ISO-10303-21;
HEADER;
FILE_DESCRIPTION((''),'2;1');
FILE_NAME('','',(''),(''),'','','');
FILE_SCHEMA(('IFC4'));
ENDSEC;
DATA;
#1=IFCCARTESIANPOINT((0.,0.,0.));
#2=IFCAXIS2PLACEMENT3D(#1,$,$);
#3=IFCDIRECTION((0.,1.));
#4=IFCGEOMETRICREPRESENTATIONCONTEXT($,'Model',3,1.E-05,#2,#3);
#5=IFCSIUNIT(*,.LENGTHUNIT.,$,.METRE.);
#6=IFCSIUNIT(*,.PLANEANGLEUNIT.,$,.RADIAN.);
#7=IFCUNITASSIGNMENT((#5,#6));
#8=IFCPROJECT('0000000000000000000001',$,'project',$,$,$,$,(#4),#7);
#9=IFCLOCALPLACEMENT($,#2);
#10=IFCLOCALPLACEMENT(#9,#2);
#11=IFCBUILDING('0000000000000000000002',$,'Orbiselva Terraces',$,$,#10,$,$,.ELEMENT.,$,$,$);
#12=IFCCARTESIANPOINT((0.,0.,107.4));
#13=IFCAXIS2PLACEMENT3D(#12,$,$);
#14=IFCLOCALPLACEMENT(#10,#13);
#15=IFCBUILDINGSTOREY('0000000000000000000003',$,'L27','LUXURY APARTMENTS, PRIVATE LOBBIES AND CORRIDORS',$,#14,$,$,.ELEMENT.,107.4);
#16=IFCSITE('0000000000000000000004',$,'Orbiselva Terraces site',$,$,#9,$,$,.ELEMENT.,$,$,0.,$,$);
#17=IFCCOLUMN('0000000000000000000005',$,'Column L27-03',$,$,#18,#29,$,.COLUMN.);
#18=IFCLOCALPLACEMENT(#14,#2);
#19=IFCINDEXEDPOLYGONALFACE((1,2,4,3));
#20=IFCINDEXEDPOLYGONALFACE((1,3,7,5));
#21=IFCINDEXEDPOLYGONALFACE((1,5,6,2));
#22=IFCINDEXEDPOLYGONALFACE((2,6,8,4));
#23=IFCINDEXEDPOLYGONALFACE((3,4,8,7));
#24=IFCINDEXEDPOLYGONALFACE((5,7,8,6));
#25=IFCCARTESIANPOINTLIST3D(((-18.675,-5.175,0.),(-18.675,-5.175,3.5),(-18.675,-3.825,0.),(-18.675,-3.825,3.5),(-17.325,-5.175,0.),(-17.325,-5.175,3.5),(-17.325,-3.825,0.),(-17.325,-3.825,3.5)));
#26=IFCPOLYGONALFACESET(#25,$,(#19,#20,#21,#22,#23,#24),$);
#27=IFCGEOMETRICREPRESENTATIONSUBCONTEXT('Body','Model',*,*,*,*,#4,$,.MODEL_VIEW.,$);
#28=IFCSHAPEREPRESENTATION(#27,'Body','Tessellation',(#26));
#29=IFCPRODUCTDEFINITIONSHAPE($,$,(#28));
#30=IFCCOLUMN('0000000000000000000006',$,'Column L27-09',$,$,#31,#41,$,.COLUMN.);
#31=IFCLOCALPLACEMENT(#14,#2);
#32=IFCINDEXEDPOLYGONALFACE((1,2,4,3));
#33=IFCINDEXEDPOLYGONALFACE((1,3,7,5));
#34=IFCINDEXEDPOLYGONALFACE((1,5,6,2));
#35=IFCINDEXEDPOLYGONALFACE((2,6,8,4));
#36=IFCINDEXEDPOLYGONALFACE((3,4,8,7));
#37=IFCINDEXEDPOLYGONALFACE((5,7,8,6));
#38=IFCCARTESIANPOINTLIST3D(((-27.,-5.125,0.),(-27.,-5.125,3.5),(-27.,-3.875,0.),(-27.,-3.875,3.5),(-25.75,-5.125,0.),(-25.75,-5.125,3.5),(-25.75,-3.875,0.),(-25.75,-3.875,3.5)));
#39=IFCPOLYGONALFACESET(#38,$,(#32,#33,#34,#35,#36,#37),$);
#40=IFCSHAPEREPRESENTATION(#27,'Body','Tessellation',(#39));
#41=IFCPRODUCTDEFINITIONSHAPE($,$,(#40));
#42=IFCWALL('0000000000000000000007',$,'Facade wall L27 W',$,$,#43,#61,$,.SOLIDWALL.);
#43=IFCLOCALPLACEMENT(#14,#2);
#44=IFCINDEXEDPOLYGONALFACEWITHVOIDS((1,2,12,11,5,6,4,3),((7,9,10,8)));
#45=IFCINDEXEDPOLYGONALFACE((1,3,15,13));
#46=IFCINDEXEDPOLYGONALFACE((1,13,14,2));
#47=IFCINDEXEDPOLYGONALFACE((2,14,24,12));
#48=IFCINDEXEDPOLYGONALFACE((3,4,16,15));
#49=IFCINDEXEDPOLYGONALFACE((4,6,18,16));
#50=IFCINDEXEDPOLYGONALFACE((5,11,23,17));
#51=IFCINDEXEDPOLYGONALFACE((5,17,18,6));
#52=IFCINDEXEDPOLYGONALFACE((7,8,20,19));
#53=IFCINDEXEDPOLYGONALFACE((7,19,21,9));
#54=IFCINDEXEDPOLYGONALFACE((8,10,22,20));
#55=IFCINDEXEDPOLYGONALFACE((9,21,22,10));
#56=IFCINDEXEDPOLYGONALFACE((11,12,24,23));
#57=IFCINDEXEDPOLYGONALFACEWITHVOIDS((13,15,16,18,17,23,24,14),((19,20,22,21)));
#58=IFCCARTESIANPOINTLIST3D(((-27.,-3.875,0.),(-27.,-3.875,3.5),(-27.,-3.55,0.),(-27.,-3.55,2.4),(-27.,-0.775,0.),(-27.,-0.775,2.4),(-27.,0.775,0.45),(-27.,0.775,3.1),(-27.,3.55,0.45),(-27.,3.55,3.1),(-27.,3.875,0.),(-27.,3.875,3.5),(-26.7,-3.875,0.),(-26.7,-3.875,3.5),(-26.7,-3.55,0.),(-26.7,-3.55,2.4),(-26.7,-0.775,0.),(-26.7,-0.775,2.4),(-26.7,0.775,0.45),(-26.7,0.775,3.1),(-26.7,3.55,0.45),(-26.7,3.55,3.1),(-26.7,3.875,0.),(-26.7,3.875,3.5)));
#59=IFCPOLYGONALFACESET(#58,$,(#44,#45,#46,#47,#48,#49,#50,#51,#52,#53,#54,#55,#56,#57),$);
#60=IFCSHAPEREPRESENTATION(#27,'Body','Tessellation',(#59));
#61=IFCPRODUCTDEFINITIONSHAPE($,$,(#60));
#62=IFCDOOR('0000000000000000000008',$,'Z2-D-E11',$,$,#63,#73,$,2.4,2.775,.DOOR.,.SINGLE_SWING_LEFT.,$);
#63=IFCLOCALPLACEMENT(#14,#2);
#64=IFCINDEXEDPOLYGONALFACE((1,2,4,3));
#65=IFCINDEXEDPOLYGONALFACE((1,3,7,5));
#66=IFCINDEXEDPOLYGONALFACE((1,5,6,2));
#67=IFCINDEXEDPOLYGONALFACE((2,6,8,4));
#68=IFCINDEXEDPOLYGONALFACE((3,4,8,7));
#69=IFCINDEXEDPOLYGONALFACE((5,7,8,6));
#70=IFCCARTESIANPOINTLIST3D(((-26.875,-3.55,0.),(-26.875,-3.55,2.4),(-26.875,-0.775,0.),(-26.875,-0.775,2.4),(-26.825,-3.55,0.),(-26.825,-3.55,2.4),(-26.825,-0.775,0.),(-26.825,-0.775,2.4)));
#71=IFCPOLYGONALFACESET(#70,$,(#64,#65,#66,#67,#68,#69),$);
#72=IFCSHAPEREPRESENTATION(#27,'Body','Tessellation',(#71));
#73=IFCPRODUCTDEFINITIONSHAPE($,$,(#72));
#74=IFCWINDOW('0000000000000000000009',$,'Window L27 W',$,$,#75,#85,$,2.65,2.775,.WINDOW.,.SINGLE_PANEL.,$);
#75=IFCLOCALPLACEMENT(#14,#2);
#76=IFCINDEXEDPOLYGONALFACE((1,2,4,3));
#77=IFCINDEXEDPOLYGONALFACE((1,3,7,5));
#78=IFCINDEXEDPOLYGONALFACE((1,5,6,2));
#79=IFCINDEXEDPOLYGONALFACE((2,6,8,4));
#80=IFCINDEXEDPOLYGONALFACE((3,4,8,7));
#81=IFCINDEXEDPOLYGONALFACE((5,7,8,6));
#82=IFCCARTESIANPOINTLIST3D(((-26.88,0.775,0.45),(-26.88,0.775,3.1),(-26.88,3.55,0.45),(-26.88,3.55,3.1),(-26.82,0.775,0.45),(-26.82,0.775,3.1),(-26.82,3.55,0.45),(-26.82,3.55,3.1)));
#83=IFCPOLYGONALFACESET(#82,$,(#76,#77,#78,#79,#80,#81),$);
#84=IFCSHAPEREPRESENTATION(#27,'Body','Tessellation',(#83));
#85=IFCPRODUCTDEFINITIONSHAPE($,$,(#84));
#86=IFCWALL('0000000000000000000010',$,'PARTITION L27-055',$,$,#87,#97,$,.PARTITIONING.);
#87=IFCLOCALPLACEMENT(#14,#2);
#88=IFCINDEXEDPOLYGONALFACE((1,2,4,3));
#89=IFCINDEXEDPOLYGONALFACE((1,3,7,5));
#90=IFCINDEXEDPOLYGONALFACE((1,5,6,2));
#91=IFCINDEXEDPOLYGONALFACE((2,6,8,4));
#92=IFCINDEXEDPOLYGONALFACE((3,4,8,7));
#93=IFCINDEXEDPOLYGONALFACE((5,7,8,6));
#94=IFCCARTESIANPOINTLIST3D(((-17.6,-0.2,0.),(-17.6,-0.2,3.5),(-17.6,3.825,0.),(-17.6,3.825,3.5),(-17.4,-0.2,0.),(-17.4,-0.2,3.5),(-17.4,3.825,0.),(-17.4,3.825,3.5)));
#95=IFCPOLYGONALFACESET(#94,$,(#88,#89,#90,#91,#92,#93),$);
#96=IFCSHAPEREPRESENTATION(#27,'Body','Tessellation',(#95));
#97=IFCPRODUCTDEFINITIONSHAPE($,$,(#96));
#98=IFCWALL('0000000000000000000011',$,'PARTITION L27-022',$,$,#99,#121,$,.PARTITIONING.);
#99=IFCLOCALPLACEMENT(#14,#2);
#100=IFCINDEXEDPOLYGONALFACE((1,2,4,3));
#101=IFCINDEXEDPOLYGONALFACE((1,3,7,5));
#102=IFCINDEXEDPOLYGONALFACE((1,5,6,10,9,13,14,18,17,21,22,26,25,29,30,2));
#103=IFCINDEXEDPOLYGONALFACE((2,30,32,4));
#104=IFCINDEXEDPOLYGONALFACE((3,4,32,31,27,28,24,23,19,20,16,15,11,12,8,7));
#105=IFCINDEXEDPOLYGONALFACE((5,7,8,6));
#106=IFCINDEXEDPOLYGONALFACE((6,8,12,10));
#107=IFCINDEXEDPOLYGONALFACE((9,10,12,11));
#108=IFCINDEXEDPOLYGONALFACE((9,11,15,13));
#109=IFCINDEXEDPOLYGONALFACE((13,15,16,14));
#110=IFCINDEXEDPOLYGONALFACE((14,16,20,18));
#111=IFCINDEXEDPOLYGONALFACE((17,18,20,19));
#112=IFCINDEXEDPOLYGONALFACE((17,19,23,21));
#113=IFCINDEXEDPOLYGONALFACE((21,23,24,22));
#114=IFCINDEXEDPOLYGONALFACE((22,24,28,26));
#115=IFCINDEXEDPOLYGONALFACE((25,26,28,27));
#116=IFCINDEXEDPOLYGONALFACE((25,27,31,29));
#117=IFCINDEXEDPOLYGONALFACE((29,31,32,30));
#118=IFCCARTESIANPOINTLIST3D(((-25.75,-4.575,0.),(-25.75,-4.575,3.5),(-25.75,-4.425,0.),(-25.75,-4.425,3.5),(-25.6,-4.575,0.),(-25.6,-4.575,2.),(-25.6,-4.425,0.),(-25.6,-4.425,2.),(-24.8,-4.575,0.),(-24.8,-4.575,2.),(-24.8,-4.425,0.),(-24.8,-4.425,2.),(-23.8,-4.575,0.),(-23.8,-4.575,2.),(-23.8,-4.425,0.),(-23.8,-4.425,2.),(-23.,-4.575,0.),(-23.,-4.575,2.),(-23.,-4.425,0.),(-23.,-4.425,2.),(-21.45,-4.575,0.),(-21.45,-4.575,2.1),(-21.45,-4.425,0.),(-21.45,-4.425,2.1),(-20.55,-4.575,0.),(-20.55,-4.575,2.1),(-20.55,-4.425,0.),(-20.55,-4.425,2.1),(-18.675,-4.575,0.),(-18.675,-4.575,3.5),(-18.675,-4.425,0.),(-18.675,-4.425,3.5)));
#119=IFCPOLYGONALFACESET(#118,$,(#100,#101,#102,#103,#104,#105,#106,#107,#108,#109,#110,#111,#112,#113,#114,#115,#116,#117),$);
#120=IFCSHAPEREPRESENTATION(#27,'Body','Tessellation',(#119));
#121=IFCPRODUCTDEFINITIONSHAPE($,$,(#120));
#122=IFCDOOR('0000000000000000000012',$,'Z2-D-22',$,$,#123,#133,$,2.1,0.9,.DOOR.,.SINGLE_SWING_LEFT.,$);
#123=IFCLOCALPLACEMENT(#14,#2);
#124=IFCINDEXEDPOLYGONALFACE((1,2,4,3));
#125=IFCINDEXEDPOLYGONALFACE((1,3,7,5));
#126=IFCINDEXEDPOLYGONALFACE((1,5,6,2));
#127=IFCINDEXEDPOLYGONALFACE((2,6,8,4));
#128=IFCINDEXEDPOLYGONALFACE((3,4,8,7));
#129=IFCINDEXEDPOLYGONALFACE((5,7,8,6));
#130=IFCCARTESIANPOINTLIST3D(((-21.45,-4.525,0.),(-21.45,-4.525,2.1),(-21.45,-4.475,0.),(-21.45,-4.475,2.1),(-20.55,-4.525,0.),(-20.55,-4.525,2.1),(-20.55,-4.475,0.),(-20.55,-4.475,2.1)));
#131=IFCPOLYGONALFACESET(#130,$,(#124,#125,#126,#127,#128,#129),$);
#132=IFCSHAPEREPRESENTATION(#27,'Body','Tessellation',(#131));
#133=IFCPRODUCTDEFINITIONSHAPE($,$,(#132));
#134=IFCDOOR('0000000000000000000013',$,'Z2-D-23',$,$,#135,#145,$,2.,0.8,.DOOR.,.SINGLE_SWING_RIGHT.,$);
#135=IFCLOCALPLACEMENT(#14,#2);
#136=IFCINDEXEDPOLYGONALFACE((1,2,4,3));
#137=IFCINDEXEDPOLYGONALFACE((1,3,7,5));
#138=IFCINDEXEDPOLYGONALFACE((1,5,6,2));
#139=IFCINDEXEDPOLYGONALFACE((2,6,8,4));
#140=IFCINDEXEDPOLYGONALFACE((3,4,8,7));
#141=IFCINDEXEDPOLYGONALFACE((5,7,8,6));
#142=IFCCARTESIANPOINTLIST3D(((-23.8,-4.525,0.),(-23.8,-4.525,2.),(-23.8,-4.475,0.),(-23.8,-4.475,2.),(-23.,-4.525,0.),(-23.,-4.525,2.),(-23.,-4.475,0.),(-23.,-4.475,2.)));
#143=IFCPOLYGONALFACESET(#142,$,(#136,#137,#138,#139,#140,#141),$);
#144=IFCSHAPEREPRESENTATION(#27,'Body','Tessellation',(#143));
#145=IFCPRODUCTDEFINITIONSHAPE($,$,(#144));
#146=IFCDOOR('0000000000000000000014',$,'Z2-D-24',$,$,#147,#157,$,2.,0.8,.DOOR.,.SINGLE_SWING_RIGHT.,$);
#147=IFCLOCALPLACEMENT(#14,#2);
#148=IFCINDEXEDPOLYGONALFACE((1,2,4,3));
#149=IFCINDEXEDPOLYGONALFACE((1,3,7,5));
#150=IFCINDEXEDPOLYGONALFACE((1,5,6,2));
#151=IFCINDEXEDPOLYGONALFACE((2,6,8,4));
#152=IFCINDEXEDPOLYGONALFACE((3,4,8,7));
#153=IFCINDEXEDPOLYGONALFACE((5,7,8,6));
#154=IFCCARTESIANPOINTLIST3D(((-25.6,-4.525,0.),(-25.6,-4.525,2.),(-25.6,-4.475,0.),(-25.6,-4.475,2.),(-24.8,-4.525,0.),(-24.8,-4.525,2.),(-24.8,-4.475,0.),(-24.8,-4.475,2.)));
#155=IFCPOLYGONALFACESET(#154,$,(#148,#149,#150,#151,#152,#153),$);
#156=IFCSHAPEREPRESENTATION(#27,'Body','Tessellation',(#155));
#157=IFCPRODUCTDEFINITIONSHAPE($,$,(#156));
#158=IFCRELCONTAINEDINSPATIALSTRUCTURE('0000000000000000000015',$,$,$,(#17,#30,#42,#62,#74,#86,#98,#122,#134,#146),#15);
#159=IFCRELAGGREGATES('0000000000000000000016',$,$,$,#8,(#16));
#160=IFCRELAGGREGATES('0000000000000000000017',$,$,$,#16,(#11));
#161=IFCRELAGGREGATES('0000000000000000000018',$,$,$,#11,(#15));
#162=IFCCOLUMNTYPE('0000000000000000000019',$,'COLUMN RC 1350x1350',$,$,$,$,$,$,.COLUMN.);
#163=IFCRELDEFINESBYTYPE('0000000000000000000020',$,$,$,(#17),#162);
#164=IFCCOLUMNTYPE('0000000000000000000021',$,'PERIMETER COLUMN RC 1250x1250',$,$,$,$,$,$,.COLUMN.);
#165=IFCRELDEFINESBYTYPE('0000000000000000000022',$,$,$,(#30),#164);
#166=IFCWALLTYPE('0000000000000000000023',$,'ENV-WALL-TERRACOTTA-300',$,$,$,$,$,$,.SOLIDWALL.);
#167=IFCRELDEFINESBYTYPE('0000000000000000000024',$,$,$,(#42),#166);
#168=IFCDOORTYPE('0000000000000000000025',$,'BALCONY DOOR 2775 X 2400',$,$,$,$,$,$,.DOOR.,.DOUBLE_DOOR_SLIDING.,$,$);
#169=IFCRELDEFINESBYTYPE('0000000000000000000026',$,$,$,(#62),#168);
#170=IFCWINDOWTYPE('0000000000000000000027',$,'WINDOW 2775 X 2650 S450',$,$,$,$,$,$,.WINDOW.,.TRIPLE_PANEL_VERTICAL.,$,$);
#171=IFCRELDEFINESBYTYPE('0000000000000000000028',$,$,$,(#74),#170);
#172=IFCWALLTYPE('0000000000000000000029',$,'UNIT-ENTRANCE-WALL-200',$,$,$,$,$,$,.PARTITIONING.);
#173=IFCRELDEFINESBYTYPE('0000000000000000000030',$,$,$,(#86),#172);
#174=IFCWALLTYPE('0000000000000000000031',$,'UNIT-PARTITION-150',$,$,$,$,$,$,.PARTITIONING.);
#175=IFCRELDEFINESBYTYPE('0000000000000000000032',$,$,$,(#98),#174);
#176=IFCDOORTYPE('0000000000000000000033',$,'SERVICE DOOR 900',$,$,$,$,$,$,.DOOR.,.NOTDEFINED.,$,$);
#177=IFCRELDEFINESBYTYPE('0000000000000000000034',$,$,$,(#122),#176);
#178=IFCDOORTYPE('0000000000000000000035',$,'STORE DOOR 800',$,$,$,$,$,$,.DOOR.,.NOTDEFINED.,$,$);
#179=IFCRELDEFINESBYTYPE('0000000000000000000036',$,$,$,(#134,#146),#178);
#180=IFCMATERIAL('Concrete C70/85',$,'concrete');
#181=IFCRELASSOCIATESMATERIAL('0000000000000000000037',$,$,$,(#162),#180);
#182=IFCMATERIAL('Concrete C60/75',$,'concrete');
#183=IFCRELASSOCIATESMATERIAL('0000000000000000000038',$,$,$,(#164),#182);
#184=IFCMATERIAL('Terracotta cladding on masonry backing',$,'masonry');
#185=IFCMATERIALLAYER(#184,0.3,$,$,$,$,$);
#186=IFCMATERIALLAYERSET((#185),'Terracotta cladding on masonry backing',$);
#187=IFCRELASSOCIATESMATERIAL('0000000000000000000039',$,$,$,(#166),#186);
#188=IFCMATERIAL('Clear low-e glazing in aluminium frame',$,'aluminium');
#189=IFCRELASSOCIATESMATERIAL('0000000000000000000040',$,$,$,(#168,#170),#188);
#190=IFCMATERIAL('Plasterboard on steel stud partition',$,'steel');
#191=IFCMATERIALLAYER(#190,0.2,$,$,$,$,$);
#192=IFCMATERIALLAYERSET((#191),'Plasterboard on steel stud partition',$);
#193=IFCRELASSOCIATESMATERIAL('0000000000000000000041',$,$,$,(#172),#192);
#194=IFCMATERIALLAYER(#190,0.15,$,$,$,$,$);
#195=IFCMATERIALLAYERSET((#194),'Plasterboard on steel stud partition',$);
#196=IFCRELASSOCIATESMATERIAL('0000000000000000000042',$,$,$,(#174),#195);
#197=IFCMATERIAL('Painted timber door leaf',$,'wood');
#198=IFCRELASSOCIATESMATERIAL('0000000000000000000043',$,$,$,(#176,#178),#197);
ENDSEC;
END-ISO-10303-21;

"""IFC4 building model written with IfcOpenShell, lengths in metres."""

from ifc_helpers import new_model, si_unit, direction, frame, frame_2d, origin, origin_2d, place, context, subcontext, project, spatial, rectangle, extrude, material, layer, layer_set, material_profile, profile_set, type_object, element, fill, save


model = new_model("IFC4")

# Units and contexts
model_context = context("Model", 3, precision=1e-05, world=origin(), true_north=direction((0.0, 1.0)))
body_context = subcontext(model_context, "Body", "Model", "MODEL_VIEW")
ifc_project = project(units=[si_unit("LENGTHUNIT", "METRE"), si_unit("PLANEANGLEUNIT", "RADIAN")], contexts=[model_context])

# Site, building, storey
site_placement = place(None, origin())
site = spatial("IfcSite", under=ifc_project, at=site_placement, Name="Orbiselva Terraces site", CompositionType="ELEMENT", RefElevation=0.0)
building_placement = place(site_placement, origin())
building = spatial("IfcBuilding", under=site, at=building_placement, Name="Orbiselva Terraces", CompositionType="ELEMENT")
storey_placement = place(building_placement, frame((0.0, 0.0, 107.4)))
storey = spatial("IfcBuildingStorey", under=building, at=storey_placement, Name="L27", Description="LUXURY APARTMENTS, PRIVATE LOBBIES AND CORRIDORS", CompositionType="ELEMENT", Elevation=107.4)

# Columns
ifc_material_1 = material(Name="Concrete C70/85", Category="concrete")
ifc_material_profile_1 = material_profile(ifc_material_1, rectangle(XDim=1.35, YDim=1.35, at=origin_2d()), Name="RC 1350x1350")
ifc_profile_set_1 = profile_set([ifc_material_profile_1], Name="Concrete C70/85")
column_type_1 = type_object("IfcColumnType", Name="COLUMN RC 1350x1350", PredefinedType="COLUMN", material=ifc_profile_set_1)
column_1_placement = place(storey_placement, frame((-18.0, -4.5, 0.0), z_axis=(0.0, 0.0, 1.0), x_axis=(1.0, 0.0, 0.0)))
element("IfcColumn", 1, at=column_1_placement, inside=storey, type_object=column_type_1, Name="Column L27-03", PredefinedType="COLUMN", context=body_context, shape_type="SweptSolid", body=[
    extrude(rectangle(XDim=1.35, YDim=1.35, at=origin_2d()), origin(), (0.0, 0.0, 1.0), 3.5),
])
ifc_material_2 = material(Name="Concrete C60/75", Category="concrete")
ifc_material_profile_2 = material_profile(ifc_material_2, rectangle(XDim=1.25, YDim=1.25, at=origin_2d()), Name="RC 1250x1250")
ifc_profile_set_2 = profile_set([ifc_material_profile_2], Name="Concrete C60/75")
column_type_2 = type_object("IfcColumnType", Name="PERIMETER COLUMN RC 1250x1250", PredefinedType="COLUMN", material=ifc_profile_set_2)
column_2_placement = place(storey_placement, frame((-26.375, -4.5, 0.0), z_axis=(0.0, 0.0, 1.0), x_axis=(1.0, 0.0, 0.0)))
element("IfcColumn", 2, at=column_2_placement, inside=storey, type_object=column_type_2, Name="Column L27-09", PredefinedType="COLUMN", context=body_context, shape_type="SweptSolid", body=[
    extrude(rectangle(XDim=1.25, YDim=1.25, at=origin_2d()), origin(), (0.0, 0.0, 1.0), 3.5),
])

# Wall, openings, door, window
ifc_material_3 = material(Name="Terracotta cladding on masonry backing", Category="masonry")
ifc_layer_1 = layer(ifc_material_3, 0.3)
ifc_layer_set_1 = layer_set([ifc_layer_1], Name="Terracotta cladding on masonry backing")
wall_type_1 = type_object("IfcWallType", Name="ENV-WALL-TERRACOTTA-300", PredefinedType="SOLIDWALL", material=ifc_layer_set_1)
wall_1_placement = place(storey_placement, frame((-26.85, -3.875, 0.0), z_axis=(0.0, 0.0, 1.0), x_axis=(0.0, 1.0, 0.0)))
wall_1 = element("IfcWall", 3, at=wall_1_placement, inside=storey, type_object=wall_type_1, Name="Facade wall L27 W", PredefinedType="SOLIDWALL", context=body_context, shape_type="SweptSolid", body=[
    extrude(rectangle(XDim=7.75, YDim=0.3, at=frame_2d((3.875, 0.0))), origin(), (0.0, 0.0, 1.0), 3.5),
])
opening_1_placement = place(wall_1_placement, frame((4.65, 0.0, 0.45)))
opening_1 = element("IfcOpeningElement", 4, at=opening_1_placement, cuts=wall_1, PredefinedType="OPENING", context=body_context, shape_type="SweptSolid", body=[
    extrude(rectangle(XDim=2.775, YDim=2.65, at=frame_2d((1.3875, 1.325))), frame((0.0, 0.16, 0.0), z_axis=(0.0, -1.0, 0.0), x_axis=(1.0, 0.0, 0.0)), (0.0, 0.0, 1.0), 0.32),
])
opening_2_placement = place(wall_1_placement, frame((0.325, 0.0, 0.0)))
opening_2 = element("IfcOpeningElement", 5, at=opening_2_placement, cuts=wall_1, PredefinedType="OPENING", context=body_context, shape_type="SweptSolid", body=[
    extrude(rectangle(XDim=2.775, YDim=2.4, at=frame_2d((1.3875, 1.2))), frame((0.0, 0.16, 0.0), z_axis=(0.0, -1.0, 0.0), x_axis=(1.0, 0.0, 0.0)), (0.0, 0.0, 1.0), 0.32),
])
ifc_material_4 = material(Name="Clear low-e glazing in aluminium frame", Category="aluminium")
door_type_1 = type_object("IfcDoorType", Name="BALCONY DOOR 2775 X 2400", OperationType="DOUBLE_DOOR_SLIDING", PredefinedType="DOOR", material=ifc_material_4)
door_1_placement = place(opening_2_placement, origin())
door_1 = element("IfcDoor", 6, at=door_1_placement, inside=storey, type_object=door_type_1, Name="Z2-D-E11", OperationType="SINGLE_SWING_LEFT", OverallHeight=2.4, OverallWidth=2.775, PredefinedType="DOOR", context=body_context, shape_type="SweptSolid", body=[
    extrude(rectangle(XDim=2.775, YDim=2.4, at=frame_2d((1.3875, 1.2))), frame((0.0, 0.025, 0.0), z_axis=(0.0, -1.0, 0.0), x_axis=(1.0, 0.0, 0.0)), (0.0, 0.0, 1.0), 0.05),
])
fill(opening_2, door_1)
window_type = type_object("IfcWindowType", Name="WINDOW 2775 X 2650 S450", PartitioningType="TRIPLE_PANEL_VERTICAL", PredefinedType="WINDOW", material=ifc_material_4)
window_placement = place(opening_1_placement, origin())
window = element("IfcWindow", 7, at=window_placement, inside=storey, type_object=window_type, Name="Window L27 W", OverallHeight=2.65, OverallWidth=2.775, PartitioningType="SINGLE_PANEL", PredefinedType="WINDOW", context=body_context, shape_type="SweptSolid", body=[
    extrude(rectangle(XDim=2.775, YDim=2.65, at=frame_2d((1.3875, 1.325))), frame((0.0, 0.03, 0.0), z_axis=(0.0, -1.0, 0.0), x_axis=(1.0, 0.0, 0.0)), (0.0, 0.0, 1.0), 0.06),
])
fill(opening_1, window)

# Wall
ifc_material_5 = material(Name="Plasterboard on steel stud partition", Category="steel")
ifc_layer_2 = layer(ifc_material_5, 0.2)
ifc_layer_set_2 = layer_set([ifc_layer_2], Name="Plasterboard on steel stud partition")
wall_type_2 = type_object("IfcWallType", Name="UNIT-ENTRANCE-WALL-200", PredefinedType="PARTITIONING", material=ifc_layer_set_2)
wall_2_placement = place(storey_placement, frame((-17.5, -0.2, 0.0), z_axis=(0.0, 0.0, 1.0), x_axis=(0.0, 1.0, 0.0)))
element("IfcWall", 8, at=wall_2_placement, inside=storey, type_object=wall_type_2, Name="PARTITION L27-055", PredefinedType="PARTITIONING", context=body_context, shape_type="SweptSolid", body=[
    extrude(rectangle(XDim=4.025, YDim=0.2, at=frame_2d((2.0125, 0.0))), origin(), (0.0, 0.0, 1.0), 3.5),
])

# Wall, openings, doors
ifc_layer_3 = layer(ifc_material_5, 0.15)
ifc_layer_set_3 = layer_set([ifc_layer_3], Name="Plasterboard on steel stud partition")
wall_type_3 = type_object("IfcWallType", Name="UNIT-PARTITION-150", PredefinedType="PARTITIONING", material=ifc_layer_set_3)
wall_3_placement = place(storey_placement, frame((-18.675, -4.5, 0.0), z_axis=(0.0, 0.0, 1.0), x_axis=(-1.0, 0.0, 0.0)))
wall_3 = element("IfcWall", 9, at=wall_3_placement, inside=storey, type_object=wall_type_3, Name="PARTITION L27-022", PredefinedType="PARTITIONING", context=body_context, shape_type="SweptSolid", body=[
    extrude(rectangle(XDim=7.075, YDim=0.15, at=frame_2d((3.5375, 0.0))), origin(), (0.0, 0.0, 1.0), 3.5),
])
opening_3_placement = place(wall_3_placement, frame((1.875, 0.0, 0.0)))
opening_3 = element("IfcOpeningElement", 10, at=opening_3_placement, cuts=wall_3, PredefinedType="OPENING", context=body_context, shape_type="SweptSolid", body=[
    extrude(rectangle(XDim=0.9, YDim=2.1, at=frame_2d((0.45, 1.05))), frame((0.0, 0.085, 0.0), z_axis=(0.0, -1.0, 0.0), x_axis=(1.0, 0.0, 0.0)), (0.0, 0.0, 1.0), 0.17),
])
opening_4_placement = place(wall_3_placement, frame((4.325, 0.0, 0.0)))
opening_4 = element("IfcOpeningElement", 11, at=opening_4_placement, cuts=wall_3, PredefinedType="OPENING", context=body_context, shape_type="SweptSolid", body=[
    extrude(rectangle(XDim=0.8, YDim=2.0, at=frame_2d((0.4, 1.0))), frame((0.0, 0.085, 0.0), z_axis=(0.0, -1.0, 0.0), x_axis=(1.0, 0.0, 0.0)), (0.0, 0.0, 1.0), 0.17),
])
opening_5_placement = place(wall_3_placement, frame((6.125, 0.0, 0.0)))
opening_5 = element("IfcOpeningElement", 12, at=opening_5_placement, cuts=wall_3, PredefinedType="OPENING", context=body_context, shape_type="SweptSolid", body=[
    extrude(rectangle(XDim=0.8, YDim=2.0, at=frame_2d((0.4, 1.0))), frame((0.0, 0.085, 0.0), z_axis=(0.0, -1.0, 0.0), x_axis=(1.0, 0.0, 0.0)), (0.0, 0.0, 1.0), 0.17),
])
ifc_material_6 = material(Name="Painted timber door leaf", Category="wood")
door_type_2 = type_object("IfcDoorType", Name="SERVICE DOOR 900", OperationType="NOTDEFINED", PredefinedType="DOOR", material=ifc_material_6)
door_2_placement = place(opening_3_placement, origin())
door_2 = element("IfcDoor", 13, at=door_2_placement, inside=storey, type_object=door_type_2, Name="Z2-D-22", OperationType="SINGLE_SWING_LEFT", OverallHeight=2.1, OverallWidth=0.9, PredefinedType="DOOR", context=body_context, shape_type="SweptSolid", body=[
    extrude(rectangle(XDim=0.9, YDim=2.1, at=frame_2d((0.45, 1.05))), frame((0.0, 0.025, 0.0), z_axis=(0.0, -1.0, 0.0), x_axis=(1.0, 0.0, 0.0)), (0.0, 0.0, 1.0), 0.05),
])
fill(opening_3, door_2)
door_type_3 = type_object("IfcDoorType", Name="STORE DOOR 800", OperationType="NOTDEFINED", PredefinedType="DOOR", material=ifc_material_6)
door_3_placement = place(opening_4_placement, origin())
door_3 = element("IfcDoor", 14, at=door_3_placement, inside=storey, type_object=door_type_3, Name="Z2-D-23", OperationType="SINGLE_SWING_RIGHT", OverallHeight=2.0, OverallWidth=0.8, PredefinedType="DOOR", context=body_context, shape_type="SweptSolid", body=[
    extrude(rectangle(XDim=0.8, YDim=2.0, at=frame_2d((0.4, 1.0))), frame((0.0, 0.025, 0.0), z_axis=(0.0, -1.0, 0.0), x_axis=(1.0, 0.0, 0.0)), (0.0, 0.0, 1.0), 0.05),
])
fill(opening_4, door_3)
door_4_placement = place(opening_5_placement, origin())
door_4 = element("IfcDoor", 15, at=door_4_placement, inside=storey, type_object=door_type_3, Name="Z2-D-24", OperationType="SINGLE_SWING_RIGHT", OverallHeight=2.0, OverallWidth=0.8, PredefinedType="DOOR", context=body_context, shape_type="SweptSolid", body=[
    extrude(rectangle(XDim=0.8, YDim=2.0, at=frame_2d((0.4, 1.0))), frame((0.0, 0.025, 0.0), z_axis=(0.0, -1.0, 0.0), x_axis=(1.0, 0.0, 0.0)), (0.0, 0.0, 1.0), 0.05),
])
fill(opening_5, door_4)

save(model, "model.ifc")
